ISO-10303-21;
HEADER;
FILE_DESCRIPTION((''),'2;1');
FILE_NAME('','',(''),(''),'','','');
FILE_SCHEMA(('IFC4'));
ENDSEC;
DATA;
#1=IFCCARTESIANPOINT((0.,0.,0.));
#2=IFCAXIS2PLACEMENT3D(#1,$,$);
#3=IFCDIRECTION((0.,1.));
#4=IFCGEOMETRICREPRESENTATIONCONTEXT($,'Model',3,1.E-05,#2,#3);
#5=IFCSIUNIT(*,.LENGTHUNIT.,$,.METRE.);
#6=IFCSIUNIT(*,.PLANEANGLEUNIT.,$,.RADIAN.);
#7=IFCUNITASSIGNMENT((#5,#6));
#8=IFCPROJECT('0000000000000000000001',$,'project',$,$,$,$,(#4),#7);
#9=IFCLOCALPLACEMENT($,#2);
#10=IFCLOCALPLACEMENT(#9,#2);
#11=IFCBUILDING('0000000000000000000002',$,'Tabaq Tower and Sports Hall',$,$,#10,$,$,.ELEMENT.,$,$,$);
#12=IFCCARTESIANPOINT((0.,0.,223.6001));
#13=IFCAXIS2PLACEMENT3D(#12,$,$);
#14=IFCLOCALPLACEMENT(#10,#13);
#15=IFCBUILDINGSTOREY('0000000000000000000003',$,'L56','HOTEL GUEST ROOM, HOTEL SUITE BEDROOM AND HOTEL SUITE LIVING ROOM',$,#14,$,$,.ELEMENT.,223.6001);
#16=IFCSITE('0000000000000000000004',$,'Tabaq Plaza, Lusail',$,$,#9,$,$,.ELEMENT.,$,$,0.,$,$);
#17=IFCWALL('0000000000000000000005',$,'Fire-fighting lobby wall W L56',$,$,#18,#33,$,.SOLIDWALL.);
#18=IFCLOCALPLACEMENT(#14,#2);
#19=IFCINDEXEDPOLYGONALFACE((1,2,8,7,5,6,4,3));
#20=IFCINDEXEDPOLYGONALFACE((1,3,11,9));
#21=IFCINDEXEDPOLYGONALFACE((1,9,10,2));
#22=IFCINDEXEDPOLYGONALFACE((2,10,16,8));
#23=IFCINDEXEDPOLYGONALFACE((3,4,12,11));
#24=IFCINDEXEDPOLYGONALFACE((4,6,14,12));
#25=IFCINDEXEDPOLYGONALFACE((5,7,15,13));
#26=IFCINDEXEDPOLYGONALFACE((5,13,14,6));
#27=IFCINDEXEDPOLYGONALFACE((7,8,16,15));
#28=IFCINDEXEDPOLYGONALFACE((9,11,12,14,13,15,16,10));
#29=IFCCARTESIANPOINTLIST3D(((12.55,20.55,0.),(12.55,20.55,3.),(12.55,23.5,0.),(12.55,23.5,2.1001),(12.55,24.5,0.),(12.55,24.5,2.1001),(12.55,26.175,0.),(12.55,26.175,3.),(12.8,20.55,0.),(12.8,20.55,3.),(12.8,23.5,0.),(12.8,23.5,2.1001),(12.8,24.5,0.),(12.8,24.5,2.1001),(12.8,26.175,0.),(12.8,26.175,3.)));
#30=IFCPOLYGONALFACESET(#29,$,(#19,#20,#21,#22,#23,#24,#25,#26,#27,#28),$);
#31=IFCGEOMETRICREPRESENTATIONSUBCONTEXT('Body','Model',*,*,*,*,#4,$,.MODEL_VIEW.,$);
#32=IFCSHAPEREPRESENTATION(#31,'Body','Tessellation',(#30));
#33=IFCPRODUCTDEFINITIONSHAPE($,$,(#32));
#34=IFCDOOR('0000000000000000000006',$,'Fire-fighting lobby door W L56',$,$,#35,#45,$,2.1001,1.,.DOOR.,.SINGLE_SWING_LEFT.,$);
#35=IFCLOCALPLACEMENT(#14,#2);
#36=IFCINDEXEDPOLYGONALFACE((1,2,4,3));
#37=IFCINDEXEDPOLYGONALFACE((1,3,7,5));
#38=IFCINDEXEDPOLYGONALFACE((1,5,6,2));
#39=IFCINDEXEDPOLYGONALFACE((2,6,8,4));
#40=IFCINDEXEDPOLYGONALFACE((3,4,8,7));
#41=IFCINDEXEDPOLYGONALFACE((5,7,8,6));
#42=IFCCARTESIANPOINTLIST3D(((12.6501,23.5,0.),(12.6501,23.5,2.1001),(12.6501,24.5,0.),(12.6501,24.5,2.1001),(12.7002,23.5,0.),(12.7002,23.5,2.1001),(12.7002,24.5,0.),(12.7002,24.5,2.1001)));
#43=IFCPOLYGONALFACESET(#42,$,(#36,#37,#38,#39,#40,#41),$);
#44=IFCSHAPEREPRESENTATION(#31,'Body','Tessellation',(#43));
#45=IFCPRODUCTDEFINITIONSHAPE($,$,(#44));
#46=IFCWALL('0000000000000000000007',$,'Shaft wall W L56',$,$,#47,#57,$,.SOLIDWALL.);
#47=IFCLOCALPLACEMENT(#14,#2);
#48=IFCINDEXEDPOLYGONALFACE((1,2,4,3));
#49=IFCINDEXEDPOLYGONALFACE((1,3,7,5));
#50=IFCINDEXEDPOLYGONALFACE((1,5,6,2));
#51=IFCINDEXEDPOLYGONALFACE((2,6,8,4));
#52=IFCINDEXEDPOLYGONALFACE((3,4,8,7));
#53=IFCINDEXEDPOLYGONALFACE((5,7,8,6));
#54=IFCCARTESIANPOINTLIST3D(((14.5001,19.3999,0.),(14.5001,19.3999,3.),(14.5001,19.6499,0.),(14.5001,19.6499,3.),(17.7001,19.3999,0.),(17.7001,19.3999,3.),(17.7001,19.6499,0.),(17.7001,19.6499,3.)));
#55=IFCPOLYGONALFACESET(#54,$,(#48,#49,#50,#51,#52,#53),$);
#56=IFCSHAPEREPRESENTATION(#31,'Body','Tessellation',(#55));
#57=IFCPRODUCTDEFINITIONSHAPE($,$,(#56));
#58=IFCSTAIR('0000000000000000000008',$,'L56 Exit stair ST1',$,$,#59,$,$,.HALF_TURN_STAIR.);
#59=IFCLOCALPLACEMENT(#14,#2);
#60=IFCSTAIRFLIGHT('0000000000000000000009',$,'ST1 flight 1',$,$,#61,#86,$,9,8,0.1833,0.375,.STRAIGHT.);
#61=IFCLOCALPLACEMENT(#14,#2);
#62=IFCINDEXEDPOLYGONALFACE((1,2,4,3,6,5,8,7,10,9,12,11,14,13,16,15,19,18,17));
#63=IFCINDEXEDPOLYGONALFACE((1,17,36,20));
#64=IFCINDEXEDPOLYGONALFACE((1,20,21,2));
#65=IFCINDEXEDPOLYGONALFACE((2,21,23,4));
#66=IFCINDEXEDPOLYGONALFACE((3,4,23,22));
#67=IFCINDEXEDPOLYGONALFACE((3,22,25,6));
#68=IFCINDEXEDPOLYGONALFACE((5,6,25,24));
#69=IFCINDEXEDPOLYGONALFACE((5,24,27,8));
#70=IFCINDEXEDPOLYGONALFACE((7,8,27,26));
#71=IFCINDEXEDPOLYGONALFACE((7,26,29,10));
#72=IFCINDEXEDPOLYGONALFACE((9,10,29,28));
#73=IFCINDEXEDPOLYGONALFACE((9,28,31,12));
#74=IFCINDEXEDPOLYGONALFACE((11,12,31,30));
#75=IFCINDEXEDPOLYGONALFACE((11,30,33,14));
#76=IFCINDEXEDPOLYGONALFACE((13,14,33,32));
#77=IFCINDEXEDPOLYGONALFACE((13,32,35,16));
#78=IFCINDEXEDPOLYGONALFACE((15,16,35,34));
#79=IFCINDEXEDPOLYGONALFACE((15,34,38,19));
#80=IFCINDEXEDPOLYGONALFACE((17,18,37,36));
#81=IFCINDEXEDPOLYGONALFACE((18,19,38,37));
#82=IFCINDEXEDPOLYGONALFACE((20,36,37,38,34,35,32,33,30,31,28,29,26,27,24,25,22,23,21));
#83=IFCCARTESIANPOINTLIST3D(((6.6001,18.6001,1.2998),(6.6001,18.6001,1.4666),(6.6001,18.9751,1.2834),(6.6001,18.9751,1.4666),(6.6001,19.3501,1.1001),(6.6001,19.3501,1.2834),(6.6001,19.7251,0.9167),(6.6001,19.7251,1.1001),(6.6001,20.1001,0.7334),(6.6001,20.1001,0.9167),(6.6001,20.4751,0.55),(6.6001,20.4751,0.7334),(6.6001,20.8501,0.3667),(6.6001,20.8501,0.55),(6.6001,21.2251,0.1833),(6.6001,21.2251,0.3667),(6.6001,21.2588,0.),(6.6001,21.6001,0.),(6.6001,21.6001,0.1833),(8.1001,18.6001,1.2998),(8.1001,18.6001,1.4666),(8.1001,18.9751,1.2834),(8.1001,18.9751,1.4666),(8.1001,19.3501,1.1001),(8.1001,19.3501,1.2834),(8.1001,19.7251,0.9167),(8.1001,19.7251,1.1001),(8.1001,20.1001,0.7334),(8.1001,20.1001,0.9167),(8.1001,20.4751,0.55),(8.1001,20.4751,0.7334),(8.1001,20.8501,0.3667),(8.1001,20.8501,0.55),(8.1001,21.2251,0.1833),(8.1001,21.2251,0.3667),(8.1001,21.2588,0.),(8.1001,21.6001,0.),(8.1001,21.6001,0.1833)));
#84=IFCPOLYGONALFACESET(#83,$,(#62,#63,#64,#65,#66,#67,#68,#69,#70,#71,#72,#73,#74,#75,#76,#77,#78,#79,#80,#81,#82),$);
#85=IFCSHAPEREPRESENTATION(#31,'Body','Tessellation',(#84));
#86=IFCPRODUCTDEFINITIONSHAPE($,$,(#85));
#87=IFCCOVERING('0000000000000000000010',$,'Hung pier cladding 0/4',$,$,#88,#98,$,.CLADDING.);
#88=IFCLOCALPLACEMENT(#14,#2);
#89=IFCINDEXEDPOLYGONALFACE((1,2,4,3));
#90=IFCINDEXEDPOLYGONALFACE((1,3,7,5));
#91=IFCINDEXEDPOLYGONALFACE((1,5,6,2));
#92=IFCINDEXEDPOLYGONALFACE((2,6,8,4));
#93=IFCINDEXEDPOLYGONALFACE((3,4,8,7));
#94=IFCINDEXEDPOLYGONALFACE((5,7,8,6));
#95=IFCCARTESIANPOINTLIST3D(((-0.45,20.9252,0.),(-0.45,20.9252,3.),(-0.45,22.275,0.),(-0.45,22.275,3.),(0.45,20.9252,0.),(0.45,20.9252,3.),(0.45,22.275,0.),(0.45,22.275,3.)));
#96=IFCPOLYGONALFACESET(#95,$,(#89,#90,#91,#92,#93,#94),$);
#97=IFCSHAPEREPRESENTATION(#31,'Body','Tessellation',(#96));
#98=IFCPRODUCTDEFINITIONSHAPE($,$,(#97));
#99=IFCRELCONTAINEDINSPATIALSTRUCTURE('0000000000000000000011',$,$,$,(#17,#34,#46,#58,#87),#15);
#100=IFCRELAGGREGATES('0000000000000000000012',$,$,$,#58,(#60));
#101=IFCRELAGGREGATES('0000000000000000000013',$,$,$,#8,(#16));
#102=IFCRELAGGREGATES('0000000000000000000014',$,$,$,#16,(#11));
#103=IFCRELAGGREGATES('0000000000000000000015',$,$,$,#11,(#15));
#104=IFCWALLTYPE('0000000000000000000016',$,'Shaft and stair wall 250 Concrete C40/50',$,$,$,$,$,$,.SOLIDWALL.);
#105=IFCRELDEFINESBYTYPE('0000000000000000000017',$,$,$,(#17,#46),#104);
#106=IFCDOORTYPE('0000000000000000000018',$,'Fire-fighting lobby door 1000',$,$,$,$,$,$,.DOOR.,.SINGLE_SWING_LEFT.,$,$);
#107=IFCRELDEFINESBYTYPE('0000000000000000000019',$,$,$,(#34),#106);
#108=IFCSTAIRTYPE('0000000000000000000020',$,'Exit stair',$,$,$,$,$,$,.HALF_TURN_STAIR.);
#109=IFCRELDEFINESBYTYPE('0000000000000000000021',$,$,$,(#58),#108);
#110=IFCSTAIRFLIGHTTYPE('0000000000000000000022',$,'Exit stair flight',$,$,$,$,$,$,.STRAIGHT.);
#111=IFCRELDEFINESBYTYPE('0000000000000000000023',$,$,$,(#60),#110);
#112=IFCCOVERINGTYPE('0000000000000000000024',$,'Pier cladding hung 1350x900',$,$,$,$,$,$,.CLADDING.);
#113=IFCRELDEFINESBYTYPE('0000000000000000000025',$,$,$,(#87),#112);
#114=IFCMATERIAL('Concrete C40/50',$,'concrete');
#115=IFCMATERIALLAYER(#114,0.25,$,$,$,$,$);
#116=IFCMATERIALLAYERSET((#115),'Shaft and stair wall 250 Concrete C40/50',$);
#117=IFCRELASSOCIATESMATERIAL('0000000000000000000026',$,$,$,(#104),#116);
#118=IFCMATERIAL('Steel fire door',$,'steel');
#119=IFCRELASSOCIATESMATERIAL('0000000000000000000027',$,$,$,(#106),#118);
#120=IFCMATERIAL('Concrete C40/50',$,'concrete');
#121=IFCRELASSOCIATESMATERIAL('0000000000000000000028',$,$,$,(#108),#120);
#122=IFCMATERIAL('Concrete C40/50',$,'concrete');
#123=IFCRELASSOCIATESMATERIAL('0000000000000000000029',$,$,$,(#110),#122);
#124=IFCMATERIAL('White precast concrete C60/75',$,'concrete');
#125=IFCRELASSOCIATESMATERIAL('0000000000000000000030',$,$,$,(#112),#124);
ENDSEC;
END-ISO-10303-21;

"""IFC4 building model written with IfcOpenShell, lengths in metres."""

from ifc_helpers import new_model, si_unit, direction, frame, frame_2d, origin, place, context, subcontext, project, spatial, polyline, rectangle, outline, extrude, material, layer, layer_set, type_object, element, fill, aggregate, save


model = new_model("IFC4")

# Units and contexts
model_context = context("Model", 3, precision=1e-05, world=origin(), true_north=direction((0.0, 1.0)))
body_context = subcontext(model_context, "Body", "Model", "MODEL_VIEW")
ifc_project = project(units=[si_unit("LENGTHUNIT", "METRE"), si_unit("PLANEANGLEUNIT", "RADIAN")], contexts=[model_context])

# Site, building, storey
site_placement = place(None, origin())
site = spatial("IfcSite", under=ifc_project, at=site_placement, Name="Tabaq Plaza, Lusail", CompositionType="ELEMENT", RefElevation=0.0)
building_placement = place(site_placement, origin())
building = spatial("IfcBuilding", under=site, at=building_placement, Name="Tabaq Tower and Sports Hall", CompositionType="ELEMENT")
storey_placement = place(building_placement, frame((0.0, 0.0, 223.6001)))
storey = spatial("IfcBuildingStorey", under=building, at=storey_placement, Name="L56", Description="HOTEL GUEST ROOM, HOTEL SUITE BEDROOM AND HOTEL SUITE LIVING ROOM", CompositionType="ELEMENT", Elevation=223.6001)

# Shared definitions
ifc_material_1 = material(Name="Concrete C40/50", Category="concrete")
ifc_layer_1 = layer(ifc_material_1, 0.25)
ifc_layer_set_1 = layer_set([ifc_layer_1], Name="Shaft and stair wall 250 Concrete C40/50")
wall_type_1 = type_object("IfcWallType", Name="Shaft and stair wall 250 Concrete C40/50", PredefinedType="SOLIDWALL", material=ifc_layer_set_1)

# Wall, opening, door
wall_1_placement = place(storey_placement, frame((12.675, 20.55, 0.0), z_axis=(0.0, 0.0, 1.0), x_axis=(0.0, 1.0, 0.0)))
wall_1 = element("IfcWall", 1, at=wall_1_placement, inside=storey, type_object=wall_type_1, Name="Fire-fighting lobby wall W L56", PredefinedType="SOLIDWALL", context=body_context, shape_type="SweptSolid", body=[
    extrude(rectangle(XDim=5.625, YDim=0.25, at=frame_2d((2.8125, 0.0))), origin(), (0.0, 0.0, 1.0), 3.0),
])
opening_1_placement = place(wall_1_placement, frame((2.95, 0.0, 0.0)))
opening_1 = element("IfcOpeningElement", 2, at=opening_1_placement, cuts=wall_1, PredefinedType="OPENING", context=body_context, shape_type="SweptSolid", body=[
    extrude(rectangle(XDim=1.0, YDim=2.1001, at=frame_2d((0.5, 1.05))), frame((0.0, 0.125, 0.0), z_axis=(0.0, -1.0, 0.0), x_axis=(1.0, 0.0, 0.0)), (0.0, 0.0, 1.0), 0.25),
])
ifc_material_2 = material(Name="Steel fire door", Category="steel")
door_type_1 = type_object("IfcDoorType", Name="Fire-fighting lobby door 1000", OperationType="SINGLE_SWING_LEFT", PredefinedType="DOOR", material=ifc_material_2)
door_1_placement = place(opening_1_placement, origin())
door_1 = element("IfcDoor", 3, at=door_1_placement, inside=storey, type_object=door_type_1, Name="Fire-fighting lobby door W L56", OperationType="SINGLE_SWING_LEFT", OverallHeight=2.1001, OverallWidth=1.0, PredefinedType="DOOR", context=body_context, shape_type="SweptSolid", body=[
    extrude(rectangle(XDim=1.0, YDim=2.1001, at=frame_2d((0.5, 1.05))), frame((0.0, 0.0249, 0.0), z_axis=(0.0, -1.0, 0.0), x_axis=(1.0, 0.0, 0.0)), (0.0, 0.0, 1.0), 0.05),
])
fill(opening_1, door_1)

# Wall
wall_2_placement = place(storey_placement, frame((14.5, 19.5249, 0.0), z_axis=(0.0, 0.0, 1.0), x_axis=(1.0, 0.0, 0.0)))
element("IfcWall", 4, at=wall_2_placement, inside=storey, type_object=wall_type_1, Name="Shaft wall W L56", PredefinedType="SOLIDWALL", context=body_context, shape_type="SweptSolid", body=[
    extrude(rectangle(XDim=3.2, YDim=0.25, at=frame_2d((1.6001, 0.0))), origin(), (0.0, 0.0, 1.0), 3.0),
])

# Stair, stair flight
ifc_material_3 = material(Name="Concrete C40/50", Category="concrete")
stair_type = type_object("IfcStairType", Name="Exit stair", PredefinedType="HALF_TURN_STAIR", material=ifc_material_3)
stair_placement = place(storey_placement, origin())
stair = element("IfcStair", 5, at=stair_placement, inside=storey, type_object=stair_type, Name="L56 Exit stair ST1", PredefinedType="HALF_TURN_STAIR")
ifc_material_4 = material(Name="Concrete C40/50", Category="concrete")
stair_flight_type = type_object("IfcStairFlightType", Name="Exit stair flight", PredefinedType="STRAIGHT", material=ifc_material_4)
stair_flight_placement = place(storey_placement, frame((7.3501, 21.6001, 0.0), z_axis=(0.0, 0.0, 1.0), x_axis=(0.0, -1.0, 0.0)))
stair_flight = element("IfcStairFlight", 6, at=stair_flight_placement, type_object=stair_flight_type, Name="ST1 flight 1", NumberOfRisers=9, NumberOfTreads=8, PredefinedType="STRAIGHT", RiserHeight=0.1833, TreadLength=0.375, context=body_context, shape_type="SweptSolid", body=[
    extrude(outline(polyline([(0.0, 0.0), (0.0, 0.1833), (0.375, 0.1833), (0.375, 0.3667), (0.75, 0.3667), (0.75, 0.55), (1.125, 0.55), (1.125, 0.7334), (1.5, 0.7334), (1.5, 0.9167), (1.875, 0.9167), (1.875, 1.1001), (2.25, 1.1001), (2.25, 1.2834), (2.625, 1.2834), (2.625, 1.4666), (3.0, 1.4666), (3.0, 1.6499), (3.0, 1.2998), (0.3413, 0.0), (0.0, 0.0)])), frame((0.0, 0.75, 0.0), z_axis=(0.0, -1.0, 0.0), x_axis=(1.0, 0.0, 0.0)), (0.0, 0.0, 1.0), 1.5),
])
aggregate(stair, [stair_flight])

# Covering
ifc_material_5 = material(Name="White precast concrete C60/75", Category="concrete")
covering_type_1 = type_object("IfcCoveringType", Name="Pier cladding hung 1350x900", PredefinedType="CLADDING", material=ifc_material_5)
covering_placement = place(storey_placement, frame((0.0, 22.2749, 0.0), z_axis=(0.0, 0.0, 1.0), x_axis=(0.0, -1.0, 0.0)))
element("IfcCovering", 7, at=covering_placement, inside=storey, type_object=covering_type_1, Name="Hung pier cladding 0/4", PredefinedType="CLADDING", context=body_context, shape_type="SweptSolid", body=[
    extrude(rectangle(XDim=1.3499, YDim=0.8999, at=frame_2d((0.6748, 0.0))), origin(), (0.0, 0.0, 1.0), 3.0),
])

save(model, "model.ifc")
